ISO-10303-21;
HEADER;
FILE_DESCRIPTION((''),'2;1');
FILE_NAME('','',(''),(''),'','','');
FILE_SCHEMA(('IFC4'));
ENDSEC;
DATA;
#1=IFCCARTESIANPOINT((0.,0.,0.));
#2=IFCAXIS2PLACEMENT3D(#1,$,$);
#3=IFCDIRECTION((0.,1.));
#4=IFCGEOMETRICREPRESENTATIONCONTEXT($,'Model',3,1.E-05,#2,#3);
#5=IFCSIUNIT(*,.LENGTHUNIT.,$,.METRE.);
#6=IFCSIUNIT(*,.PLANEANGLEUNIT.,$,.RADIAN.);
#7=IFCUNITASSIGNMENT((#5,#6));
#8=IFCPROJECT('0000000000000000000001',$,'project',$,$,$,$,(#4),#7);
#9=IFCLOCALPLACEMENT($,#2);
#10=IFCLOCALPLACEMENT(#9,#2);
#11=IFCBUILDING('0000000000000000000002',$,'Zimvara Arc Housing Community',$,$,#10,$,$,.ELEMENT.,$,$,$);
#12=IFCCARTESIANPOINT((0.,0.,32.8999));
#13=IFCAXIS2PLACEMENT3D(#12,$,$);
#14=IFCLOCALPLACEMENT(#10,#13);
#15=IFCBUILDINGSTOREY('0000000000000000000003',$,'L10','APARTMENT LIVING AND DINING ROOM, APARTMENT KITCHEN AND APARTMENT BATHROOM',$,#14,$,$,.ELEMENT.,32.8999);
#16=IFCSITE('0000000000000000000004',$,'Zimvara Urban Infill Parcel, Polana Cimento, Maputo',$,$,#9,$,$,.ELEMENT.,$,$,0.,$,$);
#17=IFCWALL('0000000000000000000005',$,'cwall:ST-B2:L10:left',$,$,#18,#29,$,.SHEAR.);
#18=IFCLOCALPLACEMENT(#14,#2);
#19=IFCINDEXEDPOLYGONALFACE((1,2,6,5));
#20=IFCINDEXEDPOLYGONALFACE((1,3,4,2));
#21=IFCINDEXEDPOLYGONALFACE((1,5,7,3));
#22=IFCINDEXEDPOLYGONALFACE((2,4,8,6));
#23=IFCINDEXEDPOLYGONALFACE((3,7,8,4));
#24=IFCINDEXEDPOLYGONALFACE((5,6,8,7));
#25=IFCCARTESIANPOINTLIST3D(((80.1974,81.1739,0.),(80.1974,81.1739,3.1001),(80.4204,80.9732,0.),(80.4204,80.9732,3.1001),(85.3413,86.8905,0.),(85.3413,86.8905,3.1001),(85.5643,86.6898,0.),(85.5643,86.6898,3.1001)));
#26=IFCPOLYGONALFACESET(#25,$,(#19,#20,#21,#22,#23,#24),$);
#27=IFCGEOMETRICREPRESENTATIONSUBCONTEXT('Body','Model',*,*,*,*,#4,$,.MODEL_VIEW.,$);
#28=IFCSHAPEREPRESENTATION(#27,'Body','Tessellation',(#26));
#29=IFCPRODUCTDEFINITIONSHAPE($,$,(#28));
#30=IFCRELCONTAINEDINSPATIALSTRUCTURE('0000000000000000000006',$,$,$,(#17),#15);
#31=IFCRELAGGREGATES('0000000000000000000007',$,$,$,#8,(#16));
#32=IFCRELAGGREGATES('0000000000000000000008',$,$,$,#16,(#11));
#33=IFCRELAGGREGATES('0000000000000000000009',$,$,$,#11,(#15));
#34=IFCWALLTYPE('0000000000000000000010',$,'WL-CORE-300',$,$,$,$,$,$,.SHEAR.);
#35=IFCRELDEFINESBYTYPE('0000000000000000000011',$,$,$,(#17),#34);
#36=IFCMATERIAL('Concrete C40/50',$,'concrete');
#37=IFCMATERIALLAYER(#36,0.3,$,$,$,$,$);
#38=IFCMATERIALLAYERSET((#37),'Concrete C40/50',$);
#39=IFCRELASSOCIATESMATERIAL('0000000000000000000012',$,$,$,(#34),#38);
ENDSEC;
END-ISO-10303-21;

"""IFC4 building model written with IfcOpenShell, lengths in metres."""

from ifc_helpers import new_model, si_unit, direction, frame, frame_2d, origin, place, context, subcontext, project, spatial, rectangle, extrude, material, layer, layer_set, type_object, element, save


model = new_model("IFC4")

# Units and contexts
model_context = context("Model", 3, precision=1e-05, world=origin(), true_north=direction((0.0, 1.0)))
body_context = subcontext(model_context, "Body", "Model", "MODEL_VIEW")
ifc_project = project(units=[si_unit("LENGTHUNIT", "METRE"), si_unit("PLANEANGLEUNIT", "RADIAN")], contexts=[model_context])

# Site, building, storey
site_placement = place(None, origin())
site = spatial("IfcSite", under=ifc_project, at=site_placement, Name="Zimvara Urban Infill Parcel, Polana Cimento, Maputo", CompositionType="ELEMENT", RefElevation=0.0)
building_placement = place(site_placement, origin())
building = spatial("IfcBuilding", under=site, at=building_placement, Name="Zimvara Arc Housing Community", CompositionType="ELEMENT")
storey_placement = place(building_placement, frame((0.0, 0.0, 32.8999)))
storey = spatial("IfcBuildingStorey", under=building, at=storey_placement, Name="L10", Description="APARTMENT LIVING AND DINING ROOM, APARTMENT KITCHEN AND APARTMENT BATHROOM", CompositionType="ELEMENT", Elevation=32.8999)

# Shared definitions
ifc_material_1 = material(Name="Concrete C40/50", Category="concrete")
ifc_layer_1 = layer(ifc_material_1, 0.3)
ifc_layer_set_1 = layer_set([ifc_layer_1], Name="Concrete C40/50")
wall_type_1 = type_object("IfcWallType", Name="WL-CORE-300", PredefinedType="SHEAR", material=ifc_layer_set_1)

# Wall
wall_1_placement = place(storey_placement, frame((80.3088, 81.0735, 0.0), z_axis=(0.0, 0.0, 1.0), x_axis=(0.668886, 0.743365, 0.0)))
element("IfcWall", 1, at=wall_1_placement, inside=storey, type_object=wall_type_1, Name="cwall:ST-B2:L10:left", PredefinedType="SHEAR", context=body_context, shape_type="SweptSolid", body=[
    extrude(rectangle(XDim=7.6902, YDim=0.3, at=frame_2d((3.8452, 0.0))), origin(), (0.0, 0.0, 1.0), 3.1001),
])

save(model, "model.ifc")
